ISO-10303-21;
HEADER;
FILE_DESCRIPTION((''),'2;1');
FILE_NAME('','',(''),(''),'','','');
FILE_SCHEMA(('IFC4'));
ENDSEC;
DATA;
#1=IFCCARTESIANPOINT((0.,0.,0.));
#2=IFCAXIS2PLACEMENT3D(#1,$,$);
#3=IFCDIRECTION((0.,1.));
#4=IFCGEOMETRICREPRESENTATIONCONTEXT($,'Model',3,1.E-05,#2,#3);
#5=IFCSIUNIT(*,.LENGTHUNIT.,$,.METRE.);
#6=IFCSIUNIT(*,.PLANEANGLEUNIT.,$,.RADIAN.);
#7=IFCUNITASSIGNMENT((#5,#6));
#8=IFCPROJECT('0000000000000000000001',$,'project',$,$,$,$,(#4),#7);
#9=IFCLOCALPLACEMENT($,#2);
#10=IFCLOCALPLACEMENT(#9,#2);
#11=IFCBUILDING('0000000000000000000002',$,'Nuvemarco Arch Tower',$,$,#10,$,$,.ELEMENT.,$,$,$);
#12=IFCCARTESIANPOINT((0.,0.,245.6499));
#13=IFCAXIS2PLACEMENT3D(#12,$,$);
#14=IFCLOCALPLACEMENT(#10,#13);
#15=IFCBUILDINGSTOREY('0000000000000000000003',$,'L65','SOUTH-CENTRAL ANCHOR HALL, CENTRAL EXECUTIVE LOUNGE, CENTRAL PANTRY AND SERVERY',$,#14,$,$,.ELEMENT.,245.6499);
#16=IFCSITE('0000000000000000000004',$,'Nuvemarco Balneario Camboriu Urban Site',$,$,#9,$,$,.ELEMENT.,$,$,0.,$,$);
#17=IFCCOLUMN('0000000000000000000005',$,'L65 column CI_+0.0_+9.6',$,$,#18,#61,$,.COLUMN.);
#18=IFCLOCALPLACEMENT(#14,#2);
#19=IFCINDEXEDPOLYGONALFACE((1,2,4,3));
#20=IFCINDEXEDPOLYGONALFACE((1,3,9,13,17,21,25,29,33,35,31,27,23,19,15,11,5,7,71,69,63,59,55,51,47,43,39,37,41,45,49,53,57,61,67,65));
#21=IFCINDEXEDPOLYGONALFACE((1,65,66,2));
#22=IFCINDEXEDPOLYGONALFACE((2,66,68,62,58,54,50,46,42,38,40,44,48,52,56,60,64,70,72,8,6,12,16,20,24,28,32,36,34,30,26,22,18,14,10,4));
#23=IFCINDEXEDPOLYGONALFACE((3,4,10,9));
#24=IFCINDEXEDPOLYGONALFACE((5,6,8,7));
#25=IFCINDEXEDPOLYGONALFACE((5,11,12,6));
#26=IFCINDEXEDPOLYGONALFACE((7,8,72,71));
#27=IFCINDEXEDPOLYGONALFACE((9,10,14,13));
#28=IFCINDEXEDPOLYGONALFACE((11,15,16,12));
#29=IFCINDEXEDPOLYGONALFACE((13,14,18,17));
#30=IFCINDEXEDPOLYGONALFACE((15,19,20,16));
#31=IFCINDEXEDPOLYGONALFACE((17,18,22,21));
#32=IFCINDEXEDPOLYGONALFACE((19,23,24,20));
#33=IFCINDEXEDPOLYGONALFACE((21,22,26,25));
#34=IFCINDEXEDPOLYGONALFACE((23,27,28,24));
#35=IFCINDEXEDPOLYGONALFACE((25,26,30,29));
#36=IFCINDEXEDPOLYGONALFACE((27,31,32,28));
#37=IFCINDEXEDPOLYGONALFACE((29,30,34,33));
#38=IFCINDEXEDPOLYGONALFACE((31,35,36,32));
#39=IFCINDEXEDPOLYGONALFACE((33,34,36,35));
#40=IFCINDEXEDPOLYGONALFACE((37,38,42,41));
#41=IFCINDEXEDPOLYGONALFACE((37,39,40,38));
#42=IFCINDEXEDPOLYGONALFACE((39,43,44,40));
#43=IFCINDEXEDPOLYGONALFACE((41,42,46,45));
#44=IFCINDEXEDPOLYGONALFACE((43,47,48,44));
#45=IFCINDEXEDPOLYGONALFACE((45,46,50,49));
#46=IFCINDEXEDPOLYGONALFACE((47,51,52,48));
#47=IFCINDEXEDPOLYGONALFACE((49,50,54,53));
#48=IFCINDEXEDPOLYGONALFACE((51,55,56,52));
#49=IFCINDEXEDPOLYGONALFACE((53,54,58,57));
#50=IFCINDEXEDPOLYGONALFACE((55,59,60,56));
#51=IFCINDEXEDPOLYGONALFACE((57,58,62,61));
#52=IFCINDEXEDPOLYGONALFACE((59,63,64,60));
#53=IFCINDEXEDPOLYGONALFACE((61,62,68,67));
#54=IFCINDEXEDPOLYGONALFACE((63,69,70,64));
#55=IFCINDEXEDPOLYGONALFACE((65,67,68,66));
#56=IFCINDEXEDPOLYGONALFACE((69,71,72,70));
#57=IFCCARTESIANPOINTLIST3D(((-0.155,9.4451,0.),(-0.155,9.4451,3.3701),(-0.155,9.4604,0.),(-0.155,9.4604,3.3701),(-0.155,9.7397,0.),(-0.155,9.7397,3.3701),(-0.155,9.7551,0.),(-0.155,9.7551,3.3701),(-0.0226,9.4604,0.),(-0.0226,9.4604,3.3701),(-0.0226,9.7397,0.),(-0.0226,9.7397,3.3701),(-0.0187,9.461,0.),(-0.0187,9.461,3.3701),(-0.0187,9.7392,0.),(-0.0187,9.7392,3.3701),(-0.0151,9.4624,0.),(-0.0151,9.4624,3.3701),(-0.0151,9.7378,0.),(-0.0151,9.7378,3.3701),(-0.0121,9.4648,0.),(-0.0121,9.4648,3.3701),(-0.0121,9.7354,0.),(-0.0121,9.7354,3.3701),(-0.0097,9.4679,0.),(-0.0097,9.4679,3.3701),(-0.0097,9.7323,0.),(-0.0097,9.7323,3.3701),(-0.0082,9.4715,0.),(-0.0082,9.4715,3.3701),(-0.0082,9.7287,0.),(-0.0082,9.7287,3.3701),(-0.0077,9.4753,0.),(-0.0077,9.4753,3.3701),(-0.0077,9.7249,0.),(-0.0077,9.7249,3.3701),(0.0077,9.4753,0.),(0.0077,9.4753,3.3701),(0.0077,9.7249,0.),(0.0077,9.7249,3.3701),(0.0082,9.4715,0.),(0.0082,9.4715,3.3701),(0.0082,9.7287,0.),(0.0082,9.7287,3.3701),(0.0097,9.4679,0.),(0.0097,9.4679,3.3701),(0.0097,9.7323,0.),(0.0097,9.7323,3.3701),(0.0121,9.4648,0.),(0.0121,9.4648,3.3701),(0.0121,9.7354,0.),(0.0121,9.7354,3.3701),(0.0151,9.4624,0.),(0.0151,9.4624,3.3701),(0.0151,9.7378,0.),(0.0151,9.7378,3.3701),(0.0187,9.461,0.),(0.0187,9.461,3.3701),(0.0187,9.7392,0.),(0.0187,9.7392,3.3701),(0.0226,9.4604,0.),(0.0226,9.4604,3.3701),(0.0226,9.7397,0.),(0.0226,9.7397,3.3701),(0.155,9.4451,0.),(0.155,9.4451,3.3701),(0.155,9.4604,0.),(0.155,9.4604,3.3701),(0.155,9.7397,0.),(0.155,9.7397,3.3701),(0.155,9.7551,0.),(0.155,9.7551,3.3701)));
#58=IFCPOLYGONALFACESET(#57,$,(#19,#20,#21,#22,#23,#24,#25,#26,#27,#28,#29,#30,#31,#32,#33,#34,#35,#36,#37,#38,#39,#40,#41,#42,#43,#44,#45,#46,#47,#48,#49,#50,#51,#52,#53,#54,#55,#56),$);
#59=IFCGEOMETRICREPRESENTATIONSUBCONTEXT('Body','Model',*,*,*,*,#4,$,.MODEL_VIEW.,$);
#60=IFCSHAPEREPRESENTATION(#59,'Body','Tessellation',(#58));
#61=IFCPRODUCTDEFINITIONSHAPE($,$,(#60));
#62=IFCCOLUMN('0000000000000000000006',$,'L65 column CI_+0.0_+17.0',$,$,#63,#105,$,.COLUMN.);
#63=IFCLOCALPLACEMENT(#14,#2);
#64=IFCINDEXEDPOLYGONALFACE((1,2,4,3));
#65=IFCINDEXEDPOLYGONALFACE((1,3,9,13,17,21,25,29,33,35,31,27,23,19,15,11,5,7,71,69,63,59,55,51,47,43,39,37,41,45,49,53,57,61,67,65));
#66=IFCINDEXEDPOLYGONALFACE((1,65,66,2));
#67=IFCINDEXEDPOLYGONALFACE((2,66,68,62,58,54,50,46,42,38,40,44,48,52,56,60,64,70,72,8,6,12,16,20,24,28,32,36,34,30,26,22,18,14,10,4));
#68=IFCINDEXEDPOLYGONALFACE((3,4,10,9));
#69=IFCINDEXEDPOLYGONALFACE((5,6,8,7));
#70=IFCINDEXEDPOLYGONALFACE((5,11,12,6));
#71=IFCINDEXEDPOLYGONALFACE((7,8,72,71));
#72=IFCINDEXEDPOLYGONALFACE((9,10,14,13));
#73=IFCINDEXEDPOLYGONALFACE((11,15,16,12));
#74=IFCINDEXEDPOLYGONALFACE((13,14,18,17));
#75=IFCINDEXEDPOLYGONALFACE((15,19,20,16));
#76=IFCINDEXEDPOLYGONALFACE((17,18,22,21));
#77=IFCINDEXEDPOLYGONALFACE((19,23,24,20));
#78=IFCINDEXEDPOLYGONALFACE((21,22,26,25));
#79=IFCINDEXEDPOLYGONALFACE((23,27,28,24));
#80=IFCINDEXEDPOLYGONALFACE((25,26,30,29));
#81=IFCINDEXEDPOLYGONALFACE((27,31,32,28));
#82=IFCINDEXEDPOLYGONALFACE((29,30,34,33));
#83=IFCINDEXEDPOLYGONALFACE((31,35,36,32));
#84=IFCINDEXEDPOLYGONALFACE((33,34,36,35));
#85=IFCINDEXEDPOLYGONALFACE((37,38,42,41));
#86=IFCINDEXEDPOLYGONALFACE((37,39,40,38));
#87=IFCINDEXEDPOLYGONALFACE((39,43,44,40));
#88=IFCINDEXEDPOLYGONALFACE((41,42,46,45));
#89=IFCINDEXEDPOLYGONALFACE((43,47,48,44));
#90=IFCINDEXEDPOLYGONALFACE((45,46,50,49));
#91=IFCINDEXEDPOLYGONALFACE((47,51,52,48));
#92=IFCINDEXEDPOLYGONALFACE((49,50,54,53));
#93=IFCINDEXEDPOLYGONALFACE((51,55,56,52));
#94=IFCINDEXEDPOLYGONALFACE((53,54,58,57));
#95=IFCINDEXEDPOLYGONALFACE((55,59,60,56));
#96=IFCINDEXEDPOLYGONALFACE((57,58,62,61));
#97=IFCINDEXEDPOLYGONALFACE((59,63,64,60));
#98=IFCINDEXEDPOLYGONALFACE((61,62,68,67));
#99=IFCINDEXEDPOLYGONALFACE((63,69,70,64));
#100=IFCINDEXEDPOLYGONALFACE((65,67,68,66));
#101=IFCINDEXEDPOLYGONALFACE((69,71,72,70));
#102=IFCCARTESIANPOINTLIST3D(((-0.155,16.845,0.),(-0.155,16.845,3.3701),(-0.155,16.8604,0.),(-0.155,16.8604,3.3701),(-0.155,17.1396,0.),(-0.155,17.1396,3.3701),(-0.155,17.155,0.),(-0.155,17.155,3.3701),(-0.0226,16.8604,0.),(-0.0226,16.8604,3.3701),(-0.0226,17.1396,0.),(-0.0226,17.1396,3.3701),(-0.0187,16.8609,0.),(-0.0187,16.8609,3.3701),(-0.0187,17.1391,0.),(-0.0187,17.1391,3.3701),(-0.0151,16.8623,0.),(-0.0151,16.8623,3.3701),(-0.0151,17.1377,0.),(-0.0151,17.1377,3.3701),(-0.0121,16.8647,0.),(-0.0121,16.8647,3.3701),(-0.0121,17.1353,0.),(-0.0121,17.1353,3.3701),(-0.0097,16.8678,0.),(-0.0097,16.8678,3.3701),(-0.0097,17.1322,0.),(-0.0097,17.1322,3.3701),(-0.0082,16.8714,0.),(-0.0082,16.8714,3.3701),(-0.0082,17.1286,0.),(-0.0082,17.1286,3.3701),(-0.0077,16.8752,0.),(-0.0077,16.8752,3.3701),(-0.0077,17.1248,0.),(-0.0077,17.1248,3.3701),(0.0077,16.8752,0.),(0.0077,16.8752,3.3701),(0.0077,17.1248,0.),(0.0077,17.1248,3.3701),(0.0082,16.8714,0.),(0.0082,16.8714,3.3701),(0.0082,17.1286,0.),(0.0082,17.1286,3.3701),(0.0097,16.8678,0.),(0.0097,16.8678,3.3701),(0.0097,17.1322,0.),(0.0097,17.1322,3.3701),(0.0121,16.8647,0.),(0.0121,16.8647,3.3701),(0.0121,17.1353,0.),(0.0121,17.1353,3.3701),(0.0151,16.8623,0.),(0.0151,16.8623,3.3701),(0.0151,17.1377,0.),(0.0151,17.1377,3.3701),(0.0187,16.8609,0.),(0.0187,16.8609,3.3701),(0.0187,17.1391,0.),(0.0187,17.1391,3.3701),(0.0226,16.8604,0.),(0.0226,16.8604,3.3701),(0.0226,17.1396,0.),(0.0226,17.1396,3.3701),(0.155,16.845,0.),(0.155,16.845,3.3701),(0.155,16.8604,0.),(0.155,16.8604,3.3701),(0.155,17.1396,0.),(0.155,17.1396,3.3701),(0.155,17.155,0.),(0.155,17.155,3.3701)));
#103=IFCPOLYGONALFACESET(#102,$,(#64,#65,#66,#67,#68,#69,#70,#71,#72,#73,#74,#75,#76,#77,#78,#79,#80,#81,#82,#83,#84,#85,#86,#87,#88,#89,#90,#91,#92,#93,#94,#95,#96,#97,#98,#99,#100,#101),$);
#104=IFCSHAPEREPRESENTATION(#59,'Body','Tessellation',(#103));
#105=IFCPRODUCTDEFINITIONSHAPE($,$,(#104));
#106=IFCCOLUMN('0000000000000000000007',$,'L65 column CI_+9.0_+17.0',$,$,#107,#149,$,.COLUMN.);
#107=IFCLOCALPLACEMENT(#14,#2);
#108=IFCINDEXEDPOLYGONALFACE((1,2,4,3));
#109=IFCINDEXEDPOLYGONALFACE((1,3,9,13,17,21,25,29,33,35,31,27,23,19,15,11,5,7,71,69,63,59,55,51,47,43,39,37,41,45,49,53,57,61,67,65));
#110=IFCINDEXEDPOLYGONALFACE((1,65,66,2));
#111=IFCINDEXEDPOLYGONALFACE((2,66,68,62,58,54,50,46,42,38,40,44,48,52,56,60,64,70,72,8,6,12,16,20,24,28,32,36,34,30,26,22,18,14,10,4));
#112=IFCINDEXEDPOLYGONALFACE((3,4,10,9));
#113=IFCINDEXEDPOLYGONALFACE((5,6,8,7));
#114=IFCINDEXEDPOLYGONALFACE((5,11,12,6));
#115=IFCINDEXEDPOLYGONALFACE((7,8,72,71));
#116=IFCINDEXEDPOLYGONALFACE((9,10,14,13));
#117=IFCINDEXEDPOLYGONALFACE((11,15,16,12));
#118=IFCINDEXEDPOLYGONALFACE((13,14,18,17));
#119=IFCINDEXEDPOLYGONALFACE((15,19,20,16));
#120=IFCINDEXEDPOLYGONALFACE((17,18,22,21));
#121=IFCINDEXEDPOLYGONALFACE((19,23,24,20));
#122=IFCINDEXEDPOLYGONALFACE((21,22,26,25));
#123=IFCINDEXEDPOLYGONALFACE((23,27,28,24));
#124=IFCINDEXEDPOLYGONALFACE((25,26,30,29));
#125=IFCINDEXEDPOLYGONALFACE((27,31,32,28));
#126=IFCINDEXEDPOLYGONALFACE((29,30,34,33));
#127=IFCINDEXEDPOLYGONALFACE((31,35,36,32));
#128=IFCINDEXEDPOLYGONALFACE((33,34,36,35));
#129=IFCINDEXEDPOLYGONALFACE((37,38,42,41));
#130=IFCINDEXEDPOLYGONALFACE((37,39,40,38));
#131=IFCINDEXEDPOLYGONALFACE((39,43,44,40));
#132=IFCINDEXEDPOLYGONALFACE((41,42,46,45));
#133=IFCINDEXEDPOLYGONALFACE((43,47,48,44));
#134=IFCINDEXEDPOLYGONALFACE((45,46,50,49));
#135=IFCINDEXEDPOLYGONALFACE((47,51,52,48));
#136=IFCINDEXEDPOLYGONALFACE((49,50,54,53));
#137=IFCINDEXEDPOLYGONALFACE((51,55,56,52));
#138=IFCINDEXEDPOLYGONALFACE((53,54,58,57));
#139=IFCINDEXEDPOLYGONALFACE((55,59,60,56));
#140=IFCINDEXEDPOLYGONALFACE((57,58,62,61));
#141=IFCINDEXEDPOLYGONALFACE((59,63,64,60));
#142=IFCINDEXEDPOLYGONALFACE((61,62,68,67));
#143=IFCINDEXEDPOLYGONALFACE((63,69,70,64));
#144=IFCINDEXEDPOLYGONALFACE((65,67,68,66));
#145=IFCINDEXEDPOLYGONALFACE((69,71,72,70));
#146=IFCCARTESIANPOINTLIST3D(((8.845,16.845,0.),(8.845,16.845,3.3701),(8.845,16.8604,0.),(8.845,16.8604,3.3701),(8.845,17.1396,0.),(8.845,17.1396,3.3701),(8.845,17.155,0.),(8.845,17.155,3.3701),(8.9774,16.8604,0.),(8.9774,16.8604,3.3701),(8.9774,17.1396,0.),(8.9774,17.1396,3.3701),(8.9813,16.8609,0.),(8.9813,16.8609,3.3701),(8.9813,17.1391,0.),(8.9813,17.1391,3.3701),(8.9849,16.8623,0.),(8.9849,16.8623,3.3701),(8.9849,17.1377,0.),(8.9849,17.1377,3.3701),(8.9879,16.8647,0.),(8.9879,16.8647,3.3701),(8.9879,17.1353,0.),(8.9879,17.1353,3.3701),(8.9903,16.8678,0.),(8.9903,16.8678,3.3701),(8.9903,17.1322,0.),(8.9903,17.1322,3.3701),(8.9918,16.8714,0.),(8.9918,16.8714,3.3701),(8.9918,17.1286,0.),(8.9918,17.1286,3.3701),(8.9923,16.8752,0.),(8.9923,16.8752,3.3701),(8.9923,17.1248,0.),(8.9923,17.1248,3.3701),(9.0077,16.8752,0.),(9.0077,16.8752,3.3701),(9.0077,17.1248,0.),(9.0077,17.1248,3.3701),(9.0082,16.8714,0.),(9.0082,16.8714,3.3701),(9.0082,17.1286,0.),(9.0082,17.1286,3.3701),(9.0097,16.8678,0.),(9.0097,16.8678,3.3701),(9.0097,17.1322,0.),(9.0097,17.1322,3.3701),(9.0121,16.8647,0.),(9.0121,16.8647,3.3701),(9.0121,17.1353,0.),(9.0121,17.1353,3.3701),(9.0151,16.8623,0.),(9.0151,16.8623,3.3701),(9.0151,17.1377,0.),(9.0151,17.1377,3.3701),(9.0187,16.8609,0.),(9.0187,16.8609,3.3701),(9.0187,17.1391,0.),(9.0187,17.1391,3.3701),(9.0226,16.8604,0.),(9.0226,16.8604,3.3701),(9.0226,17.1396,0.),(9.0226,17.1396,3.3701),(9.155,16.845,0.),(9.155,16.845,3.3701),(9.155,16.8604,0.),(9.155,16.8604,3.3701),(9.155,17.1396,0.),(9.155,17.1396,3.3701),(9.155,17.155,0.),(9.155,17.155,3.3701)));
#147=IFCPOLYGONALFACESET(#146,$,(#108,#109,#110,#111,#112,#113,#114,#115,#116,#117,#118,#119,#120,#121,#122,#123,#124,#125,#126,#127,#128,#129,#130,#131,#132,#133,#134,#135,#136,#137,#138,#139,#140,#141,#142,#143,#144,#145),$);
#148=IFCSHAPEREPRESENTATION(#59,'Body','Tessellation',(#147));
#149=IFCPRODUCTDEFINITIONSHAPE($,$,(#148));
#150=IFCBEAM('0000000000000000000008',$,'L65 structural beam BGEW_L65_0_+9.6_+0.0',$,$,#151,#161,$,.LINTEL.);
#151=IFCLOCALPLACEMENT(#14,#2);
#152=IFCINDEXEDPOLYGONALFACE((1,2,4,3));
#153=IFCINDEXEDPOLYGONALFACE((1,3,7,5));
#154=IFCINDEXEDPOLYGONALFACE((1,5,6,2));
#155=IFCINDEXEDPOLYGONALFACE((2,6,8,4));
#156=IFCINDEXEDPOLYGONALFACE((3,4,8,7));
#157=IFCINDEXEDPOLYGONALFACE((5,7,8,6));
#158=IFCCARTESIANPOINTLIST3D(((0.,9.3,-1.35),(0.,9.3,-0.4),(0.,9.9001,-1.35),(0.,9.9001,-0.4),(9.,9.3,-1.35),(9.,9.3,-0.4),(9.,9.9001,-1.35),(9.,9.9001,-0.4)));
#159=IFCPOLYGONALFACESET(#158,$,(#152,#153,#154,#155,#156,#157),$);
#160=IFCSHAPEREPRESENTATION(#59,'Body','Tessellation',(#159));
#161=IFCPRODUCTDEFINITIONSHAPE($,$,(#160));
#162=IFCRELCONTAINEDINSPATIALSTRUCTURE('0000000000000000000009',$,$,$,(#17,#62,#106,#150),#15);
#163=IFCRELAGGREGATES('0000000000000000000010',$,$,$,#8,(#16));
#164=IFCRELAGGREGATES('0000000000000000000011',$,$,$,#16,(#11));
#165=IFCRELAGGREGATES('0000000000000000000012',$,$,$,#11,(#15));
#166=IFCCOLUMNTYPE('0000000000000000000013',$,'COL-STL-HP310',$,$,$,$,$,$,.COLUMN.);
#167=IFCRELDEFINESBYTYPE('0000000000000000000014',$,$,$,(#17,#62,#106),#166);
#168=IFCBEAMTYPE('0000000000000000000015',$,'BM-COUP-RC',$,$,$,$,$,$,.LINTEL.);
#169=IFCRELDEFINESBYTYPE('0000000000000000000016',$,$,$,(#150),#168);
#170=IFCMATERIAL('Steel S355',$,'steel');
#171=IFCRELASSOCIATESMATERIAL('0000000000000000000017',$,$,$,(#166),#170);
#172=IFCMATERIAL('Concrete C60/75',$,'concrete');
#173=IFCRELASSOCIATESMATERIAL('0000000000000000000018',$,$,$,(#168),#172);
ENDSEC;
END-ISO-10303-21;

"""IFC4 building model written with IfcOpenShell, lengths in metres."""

from ifc_helpers import new_model, si_unit, direction, frame, origin, origin_2d, place, context, subcontext, project, spatial, rectangle, i_section, extrude, material, material_profile, profile_set, type_object, element, save


model = new_model("IFC4")

# Units and contexts
model_context = context("Model", 3, precision=1e-05, world=origin(), true_north=direction((0.0, 1.0)))
body_context = subcontext(model_context, "Body", "Model", "MODEL_VIEW")
ifc_project = project(units=[si_unit("LENGTHUNIT", "METRE"), si_unit("PLANEANGLEUNIT", "RADIAN")], contexts=[model_context])

# Site, building, storey
site_placement = place(None, origin())
site = spatial("IfcSite", under=ifc_project, at=site_placement, Name="Nuvemarco Balneario Camboriu Urban Site", CompositionType="ELEMENT", RefElevation=0.0)
building_placement = place(site_placement, origin())
building = spatial("IfcBuilding", under=site, at=building_placement, Name="Nuvemarco Arch Tower", CompositionType="ELEMENT")
storey_placement = place(building_placement, frame((0.0, 0.0, 245.6499)))
storey = spatial("IfcBuildingStorey", under=building, at=storey_placement, Name="L65", Description="SOUTH-CENTRAL ANCHOR HALL, CENTRAL EXECUTIVE LOUNGE, CENTRAL PANTRY AND SERVERY", CompositionType="ELEMENT", Elevation=245.6499)

# Columns
ifc_material_1 = material(Name="Steel S355", Category="steel")
ifc_material_profile_1 = material_profile(ifc_material_1, i_section(OverallWidth=0.3101, OverallDepth=0.3101, WebThickness=0.0154, FlangeThickness=0.0154, FilletRadius=0.0149, at=origin_2d()), Name="HP310x110")
ifc_profile_set_1 = profile_set([ifc_material_profile_1], Name="Steel S355")
column_type_1 = type_object("IfcColumnType", Name="COL-STL-HP310", PredefinedType="COLUMN", material=ifc_profile_set_1)
for number, where, z_axis, x_axis, name in (
    (1, (0.0, 9.6001, 0.0), (0.0, 0.0, 1.0), (1.0, 0.0, 0.0), "L65 column CI_+0.0_+9.6"),
    (2, (0.0, 17.0, 0.0), (0.0, 0.0, 1.0), (1.0, 0.0, 0.0), "L65 column CI_+0.0_+17.0"),
    (3, (9.0, 17.0, 0.0), (0.0, 0.0, 1.0), (1.0, 0.0, 0.0), "L65 column CI_+9.0_+17.0"),
):
    element("IfcColumn", number, at=place(storey_placement, frame(where, z_axis=z_axis, x_axis=x_axis)), inside=storey, type_object=column_type_1, Name=name, PredefinedType="COLUMN", context=body_context, shape_type="SweptSolid", body=[
        extrude(i_section(OverallWidth=0.3101, OverallDepth=0.3101, WebThickness=0.0154, FlangeThickness=0.0154, FilletRadius=0.0149, at=origin_2d()), origin(), (0.0, 0.0, 1.0), 3.3701),
    ])

# Beam
ifc_material_2 = material(Name="Concrete C60/75", Category="concrete")
ifc_material_profile_2 = material_profile(ifc_material_2, rectangle(XDim=0.6001, YDim=0.95, at=origin_2d()), Name="RC-BM-600x950")
ifc_profile_set_2 = profile_set([ifc_material_profile_2], Name="Concrete C60/75")
beam_type_1 = type_object("IfcBeamType", Name="BM-COUP-RC", PredefinedType="LINTEL", material=ifc_profile_set_2)
beam_1_placement = place(storey_placement, frame((0.0, 9.6001, -0.875), z_axis=(1.0, 0.0, 0.0), x_axis=(0.0, 1.0, 0.0)))
element("IfcBeam", 4, at=beam_1_placement, inside=storey, type_object=beam_type_1, Name="L65 structural beam BGEW_L65_0_+9.6_+0.0", PredefinedType="LINTEL", context=body_context, shape_type="SweptSolid", body=[
    extrude(rectangle(XDim=0.6001, YDim=0.95, at=origin_2d()), origin(), (0.0, 0.0, 1.0), 9.0),
])

save(model, "model.ifc")
